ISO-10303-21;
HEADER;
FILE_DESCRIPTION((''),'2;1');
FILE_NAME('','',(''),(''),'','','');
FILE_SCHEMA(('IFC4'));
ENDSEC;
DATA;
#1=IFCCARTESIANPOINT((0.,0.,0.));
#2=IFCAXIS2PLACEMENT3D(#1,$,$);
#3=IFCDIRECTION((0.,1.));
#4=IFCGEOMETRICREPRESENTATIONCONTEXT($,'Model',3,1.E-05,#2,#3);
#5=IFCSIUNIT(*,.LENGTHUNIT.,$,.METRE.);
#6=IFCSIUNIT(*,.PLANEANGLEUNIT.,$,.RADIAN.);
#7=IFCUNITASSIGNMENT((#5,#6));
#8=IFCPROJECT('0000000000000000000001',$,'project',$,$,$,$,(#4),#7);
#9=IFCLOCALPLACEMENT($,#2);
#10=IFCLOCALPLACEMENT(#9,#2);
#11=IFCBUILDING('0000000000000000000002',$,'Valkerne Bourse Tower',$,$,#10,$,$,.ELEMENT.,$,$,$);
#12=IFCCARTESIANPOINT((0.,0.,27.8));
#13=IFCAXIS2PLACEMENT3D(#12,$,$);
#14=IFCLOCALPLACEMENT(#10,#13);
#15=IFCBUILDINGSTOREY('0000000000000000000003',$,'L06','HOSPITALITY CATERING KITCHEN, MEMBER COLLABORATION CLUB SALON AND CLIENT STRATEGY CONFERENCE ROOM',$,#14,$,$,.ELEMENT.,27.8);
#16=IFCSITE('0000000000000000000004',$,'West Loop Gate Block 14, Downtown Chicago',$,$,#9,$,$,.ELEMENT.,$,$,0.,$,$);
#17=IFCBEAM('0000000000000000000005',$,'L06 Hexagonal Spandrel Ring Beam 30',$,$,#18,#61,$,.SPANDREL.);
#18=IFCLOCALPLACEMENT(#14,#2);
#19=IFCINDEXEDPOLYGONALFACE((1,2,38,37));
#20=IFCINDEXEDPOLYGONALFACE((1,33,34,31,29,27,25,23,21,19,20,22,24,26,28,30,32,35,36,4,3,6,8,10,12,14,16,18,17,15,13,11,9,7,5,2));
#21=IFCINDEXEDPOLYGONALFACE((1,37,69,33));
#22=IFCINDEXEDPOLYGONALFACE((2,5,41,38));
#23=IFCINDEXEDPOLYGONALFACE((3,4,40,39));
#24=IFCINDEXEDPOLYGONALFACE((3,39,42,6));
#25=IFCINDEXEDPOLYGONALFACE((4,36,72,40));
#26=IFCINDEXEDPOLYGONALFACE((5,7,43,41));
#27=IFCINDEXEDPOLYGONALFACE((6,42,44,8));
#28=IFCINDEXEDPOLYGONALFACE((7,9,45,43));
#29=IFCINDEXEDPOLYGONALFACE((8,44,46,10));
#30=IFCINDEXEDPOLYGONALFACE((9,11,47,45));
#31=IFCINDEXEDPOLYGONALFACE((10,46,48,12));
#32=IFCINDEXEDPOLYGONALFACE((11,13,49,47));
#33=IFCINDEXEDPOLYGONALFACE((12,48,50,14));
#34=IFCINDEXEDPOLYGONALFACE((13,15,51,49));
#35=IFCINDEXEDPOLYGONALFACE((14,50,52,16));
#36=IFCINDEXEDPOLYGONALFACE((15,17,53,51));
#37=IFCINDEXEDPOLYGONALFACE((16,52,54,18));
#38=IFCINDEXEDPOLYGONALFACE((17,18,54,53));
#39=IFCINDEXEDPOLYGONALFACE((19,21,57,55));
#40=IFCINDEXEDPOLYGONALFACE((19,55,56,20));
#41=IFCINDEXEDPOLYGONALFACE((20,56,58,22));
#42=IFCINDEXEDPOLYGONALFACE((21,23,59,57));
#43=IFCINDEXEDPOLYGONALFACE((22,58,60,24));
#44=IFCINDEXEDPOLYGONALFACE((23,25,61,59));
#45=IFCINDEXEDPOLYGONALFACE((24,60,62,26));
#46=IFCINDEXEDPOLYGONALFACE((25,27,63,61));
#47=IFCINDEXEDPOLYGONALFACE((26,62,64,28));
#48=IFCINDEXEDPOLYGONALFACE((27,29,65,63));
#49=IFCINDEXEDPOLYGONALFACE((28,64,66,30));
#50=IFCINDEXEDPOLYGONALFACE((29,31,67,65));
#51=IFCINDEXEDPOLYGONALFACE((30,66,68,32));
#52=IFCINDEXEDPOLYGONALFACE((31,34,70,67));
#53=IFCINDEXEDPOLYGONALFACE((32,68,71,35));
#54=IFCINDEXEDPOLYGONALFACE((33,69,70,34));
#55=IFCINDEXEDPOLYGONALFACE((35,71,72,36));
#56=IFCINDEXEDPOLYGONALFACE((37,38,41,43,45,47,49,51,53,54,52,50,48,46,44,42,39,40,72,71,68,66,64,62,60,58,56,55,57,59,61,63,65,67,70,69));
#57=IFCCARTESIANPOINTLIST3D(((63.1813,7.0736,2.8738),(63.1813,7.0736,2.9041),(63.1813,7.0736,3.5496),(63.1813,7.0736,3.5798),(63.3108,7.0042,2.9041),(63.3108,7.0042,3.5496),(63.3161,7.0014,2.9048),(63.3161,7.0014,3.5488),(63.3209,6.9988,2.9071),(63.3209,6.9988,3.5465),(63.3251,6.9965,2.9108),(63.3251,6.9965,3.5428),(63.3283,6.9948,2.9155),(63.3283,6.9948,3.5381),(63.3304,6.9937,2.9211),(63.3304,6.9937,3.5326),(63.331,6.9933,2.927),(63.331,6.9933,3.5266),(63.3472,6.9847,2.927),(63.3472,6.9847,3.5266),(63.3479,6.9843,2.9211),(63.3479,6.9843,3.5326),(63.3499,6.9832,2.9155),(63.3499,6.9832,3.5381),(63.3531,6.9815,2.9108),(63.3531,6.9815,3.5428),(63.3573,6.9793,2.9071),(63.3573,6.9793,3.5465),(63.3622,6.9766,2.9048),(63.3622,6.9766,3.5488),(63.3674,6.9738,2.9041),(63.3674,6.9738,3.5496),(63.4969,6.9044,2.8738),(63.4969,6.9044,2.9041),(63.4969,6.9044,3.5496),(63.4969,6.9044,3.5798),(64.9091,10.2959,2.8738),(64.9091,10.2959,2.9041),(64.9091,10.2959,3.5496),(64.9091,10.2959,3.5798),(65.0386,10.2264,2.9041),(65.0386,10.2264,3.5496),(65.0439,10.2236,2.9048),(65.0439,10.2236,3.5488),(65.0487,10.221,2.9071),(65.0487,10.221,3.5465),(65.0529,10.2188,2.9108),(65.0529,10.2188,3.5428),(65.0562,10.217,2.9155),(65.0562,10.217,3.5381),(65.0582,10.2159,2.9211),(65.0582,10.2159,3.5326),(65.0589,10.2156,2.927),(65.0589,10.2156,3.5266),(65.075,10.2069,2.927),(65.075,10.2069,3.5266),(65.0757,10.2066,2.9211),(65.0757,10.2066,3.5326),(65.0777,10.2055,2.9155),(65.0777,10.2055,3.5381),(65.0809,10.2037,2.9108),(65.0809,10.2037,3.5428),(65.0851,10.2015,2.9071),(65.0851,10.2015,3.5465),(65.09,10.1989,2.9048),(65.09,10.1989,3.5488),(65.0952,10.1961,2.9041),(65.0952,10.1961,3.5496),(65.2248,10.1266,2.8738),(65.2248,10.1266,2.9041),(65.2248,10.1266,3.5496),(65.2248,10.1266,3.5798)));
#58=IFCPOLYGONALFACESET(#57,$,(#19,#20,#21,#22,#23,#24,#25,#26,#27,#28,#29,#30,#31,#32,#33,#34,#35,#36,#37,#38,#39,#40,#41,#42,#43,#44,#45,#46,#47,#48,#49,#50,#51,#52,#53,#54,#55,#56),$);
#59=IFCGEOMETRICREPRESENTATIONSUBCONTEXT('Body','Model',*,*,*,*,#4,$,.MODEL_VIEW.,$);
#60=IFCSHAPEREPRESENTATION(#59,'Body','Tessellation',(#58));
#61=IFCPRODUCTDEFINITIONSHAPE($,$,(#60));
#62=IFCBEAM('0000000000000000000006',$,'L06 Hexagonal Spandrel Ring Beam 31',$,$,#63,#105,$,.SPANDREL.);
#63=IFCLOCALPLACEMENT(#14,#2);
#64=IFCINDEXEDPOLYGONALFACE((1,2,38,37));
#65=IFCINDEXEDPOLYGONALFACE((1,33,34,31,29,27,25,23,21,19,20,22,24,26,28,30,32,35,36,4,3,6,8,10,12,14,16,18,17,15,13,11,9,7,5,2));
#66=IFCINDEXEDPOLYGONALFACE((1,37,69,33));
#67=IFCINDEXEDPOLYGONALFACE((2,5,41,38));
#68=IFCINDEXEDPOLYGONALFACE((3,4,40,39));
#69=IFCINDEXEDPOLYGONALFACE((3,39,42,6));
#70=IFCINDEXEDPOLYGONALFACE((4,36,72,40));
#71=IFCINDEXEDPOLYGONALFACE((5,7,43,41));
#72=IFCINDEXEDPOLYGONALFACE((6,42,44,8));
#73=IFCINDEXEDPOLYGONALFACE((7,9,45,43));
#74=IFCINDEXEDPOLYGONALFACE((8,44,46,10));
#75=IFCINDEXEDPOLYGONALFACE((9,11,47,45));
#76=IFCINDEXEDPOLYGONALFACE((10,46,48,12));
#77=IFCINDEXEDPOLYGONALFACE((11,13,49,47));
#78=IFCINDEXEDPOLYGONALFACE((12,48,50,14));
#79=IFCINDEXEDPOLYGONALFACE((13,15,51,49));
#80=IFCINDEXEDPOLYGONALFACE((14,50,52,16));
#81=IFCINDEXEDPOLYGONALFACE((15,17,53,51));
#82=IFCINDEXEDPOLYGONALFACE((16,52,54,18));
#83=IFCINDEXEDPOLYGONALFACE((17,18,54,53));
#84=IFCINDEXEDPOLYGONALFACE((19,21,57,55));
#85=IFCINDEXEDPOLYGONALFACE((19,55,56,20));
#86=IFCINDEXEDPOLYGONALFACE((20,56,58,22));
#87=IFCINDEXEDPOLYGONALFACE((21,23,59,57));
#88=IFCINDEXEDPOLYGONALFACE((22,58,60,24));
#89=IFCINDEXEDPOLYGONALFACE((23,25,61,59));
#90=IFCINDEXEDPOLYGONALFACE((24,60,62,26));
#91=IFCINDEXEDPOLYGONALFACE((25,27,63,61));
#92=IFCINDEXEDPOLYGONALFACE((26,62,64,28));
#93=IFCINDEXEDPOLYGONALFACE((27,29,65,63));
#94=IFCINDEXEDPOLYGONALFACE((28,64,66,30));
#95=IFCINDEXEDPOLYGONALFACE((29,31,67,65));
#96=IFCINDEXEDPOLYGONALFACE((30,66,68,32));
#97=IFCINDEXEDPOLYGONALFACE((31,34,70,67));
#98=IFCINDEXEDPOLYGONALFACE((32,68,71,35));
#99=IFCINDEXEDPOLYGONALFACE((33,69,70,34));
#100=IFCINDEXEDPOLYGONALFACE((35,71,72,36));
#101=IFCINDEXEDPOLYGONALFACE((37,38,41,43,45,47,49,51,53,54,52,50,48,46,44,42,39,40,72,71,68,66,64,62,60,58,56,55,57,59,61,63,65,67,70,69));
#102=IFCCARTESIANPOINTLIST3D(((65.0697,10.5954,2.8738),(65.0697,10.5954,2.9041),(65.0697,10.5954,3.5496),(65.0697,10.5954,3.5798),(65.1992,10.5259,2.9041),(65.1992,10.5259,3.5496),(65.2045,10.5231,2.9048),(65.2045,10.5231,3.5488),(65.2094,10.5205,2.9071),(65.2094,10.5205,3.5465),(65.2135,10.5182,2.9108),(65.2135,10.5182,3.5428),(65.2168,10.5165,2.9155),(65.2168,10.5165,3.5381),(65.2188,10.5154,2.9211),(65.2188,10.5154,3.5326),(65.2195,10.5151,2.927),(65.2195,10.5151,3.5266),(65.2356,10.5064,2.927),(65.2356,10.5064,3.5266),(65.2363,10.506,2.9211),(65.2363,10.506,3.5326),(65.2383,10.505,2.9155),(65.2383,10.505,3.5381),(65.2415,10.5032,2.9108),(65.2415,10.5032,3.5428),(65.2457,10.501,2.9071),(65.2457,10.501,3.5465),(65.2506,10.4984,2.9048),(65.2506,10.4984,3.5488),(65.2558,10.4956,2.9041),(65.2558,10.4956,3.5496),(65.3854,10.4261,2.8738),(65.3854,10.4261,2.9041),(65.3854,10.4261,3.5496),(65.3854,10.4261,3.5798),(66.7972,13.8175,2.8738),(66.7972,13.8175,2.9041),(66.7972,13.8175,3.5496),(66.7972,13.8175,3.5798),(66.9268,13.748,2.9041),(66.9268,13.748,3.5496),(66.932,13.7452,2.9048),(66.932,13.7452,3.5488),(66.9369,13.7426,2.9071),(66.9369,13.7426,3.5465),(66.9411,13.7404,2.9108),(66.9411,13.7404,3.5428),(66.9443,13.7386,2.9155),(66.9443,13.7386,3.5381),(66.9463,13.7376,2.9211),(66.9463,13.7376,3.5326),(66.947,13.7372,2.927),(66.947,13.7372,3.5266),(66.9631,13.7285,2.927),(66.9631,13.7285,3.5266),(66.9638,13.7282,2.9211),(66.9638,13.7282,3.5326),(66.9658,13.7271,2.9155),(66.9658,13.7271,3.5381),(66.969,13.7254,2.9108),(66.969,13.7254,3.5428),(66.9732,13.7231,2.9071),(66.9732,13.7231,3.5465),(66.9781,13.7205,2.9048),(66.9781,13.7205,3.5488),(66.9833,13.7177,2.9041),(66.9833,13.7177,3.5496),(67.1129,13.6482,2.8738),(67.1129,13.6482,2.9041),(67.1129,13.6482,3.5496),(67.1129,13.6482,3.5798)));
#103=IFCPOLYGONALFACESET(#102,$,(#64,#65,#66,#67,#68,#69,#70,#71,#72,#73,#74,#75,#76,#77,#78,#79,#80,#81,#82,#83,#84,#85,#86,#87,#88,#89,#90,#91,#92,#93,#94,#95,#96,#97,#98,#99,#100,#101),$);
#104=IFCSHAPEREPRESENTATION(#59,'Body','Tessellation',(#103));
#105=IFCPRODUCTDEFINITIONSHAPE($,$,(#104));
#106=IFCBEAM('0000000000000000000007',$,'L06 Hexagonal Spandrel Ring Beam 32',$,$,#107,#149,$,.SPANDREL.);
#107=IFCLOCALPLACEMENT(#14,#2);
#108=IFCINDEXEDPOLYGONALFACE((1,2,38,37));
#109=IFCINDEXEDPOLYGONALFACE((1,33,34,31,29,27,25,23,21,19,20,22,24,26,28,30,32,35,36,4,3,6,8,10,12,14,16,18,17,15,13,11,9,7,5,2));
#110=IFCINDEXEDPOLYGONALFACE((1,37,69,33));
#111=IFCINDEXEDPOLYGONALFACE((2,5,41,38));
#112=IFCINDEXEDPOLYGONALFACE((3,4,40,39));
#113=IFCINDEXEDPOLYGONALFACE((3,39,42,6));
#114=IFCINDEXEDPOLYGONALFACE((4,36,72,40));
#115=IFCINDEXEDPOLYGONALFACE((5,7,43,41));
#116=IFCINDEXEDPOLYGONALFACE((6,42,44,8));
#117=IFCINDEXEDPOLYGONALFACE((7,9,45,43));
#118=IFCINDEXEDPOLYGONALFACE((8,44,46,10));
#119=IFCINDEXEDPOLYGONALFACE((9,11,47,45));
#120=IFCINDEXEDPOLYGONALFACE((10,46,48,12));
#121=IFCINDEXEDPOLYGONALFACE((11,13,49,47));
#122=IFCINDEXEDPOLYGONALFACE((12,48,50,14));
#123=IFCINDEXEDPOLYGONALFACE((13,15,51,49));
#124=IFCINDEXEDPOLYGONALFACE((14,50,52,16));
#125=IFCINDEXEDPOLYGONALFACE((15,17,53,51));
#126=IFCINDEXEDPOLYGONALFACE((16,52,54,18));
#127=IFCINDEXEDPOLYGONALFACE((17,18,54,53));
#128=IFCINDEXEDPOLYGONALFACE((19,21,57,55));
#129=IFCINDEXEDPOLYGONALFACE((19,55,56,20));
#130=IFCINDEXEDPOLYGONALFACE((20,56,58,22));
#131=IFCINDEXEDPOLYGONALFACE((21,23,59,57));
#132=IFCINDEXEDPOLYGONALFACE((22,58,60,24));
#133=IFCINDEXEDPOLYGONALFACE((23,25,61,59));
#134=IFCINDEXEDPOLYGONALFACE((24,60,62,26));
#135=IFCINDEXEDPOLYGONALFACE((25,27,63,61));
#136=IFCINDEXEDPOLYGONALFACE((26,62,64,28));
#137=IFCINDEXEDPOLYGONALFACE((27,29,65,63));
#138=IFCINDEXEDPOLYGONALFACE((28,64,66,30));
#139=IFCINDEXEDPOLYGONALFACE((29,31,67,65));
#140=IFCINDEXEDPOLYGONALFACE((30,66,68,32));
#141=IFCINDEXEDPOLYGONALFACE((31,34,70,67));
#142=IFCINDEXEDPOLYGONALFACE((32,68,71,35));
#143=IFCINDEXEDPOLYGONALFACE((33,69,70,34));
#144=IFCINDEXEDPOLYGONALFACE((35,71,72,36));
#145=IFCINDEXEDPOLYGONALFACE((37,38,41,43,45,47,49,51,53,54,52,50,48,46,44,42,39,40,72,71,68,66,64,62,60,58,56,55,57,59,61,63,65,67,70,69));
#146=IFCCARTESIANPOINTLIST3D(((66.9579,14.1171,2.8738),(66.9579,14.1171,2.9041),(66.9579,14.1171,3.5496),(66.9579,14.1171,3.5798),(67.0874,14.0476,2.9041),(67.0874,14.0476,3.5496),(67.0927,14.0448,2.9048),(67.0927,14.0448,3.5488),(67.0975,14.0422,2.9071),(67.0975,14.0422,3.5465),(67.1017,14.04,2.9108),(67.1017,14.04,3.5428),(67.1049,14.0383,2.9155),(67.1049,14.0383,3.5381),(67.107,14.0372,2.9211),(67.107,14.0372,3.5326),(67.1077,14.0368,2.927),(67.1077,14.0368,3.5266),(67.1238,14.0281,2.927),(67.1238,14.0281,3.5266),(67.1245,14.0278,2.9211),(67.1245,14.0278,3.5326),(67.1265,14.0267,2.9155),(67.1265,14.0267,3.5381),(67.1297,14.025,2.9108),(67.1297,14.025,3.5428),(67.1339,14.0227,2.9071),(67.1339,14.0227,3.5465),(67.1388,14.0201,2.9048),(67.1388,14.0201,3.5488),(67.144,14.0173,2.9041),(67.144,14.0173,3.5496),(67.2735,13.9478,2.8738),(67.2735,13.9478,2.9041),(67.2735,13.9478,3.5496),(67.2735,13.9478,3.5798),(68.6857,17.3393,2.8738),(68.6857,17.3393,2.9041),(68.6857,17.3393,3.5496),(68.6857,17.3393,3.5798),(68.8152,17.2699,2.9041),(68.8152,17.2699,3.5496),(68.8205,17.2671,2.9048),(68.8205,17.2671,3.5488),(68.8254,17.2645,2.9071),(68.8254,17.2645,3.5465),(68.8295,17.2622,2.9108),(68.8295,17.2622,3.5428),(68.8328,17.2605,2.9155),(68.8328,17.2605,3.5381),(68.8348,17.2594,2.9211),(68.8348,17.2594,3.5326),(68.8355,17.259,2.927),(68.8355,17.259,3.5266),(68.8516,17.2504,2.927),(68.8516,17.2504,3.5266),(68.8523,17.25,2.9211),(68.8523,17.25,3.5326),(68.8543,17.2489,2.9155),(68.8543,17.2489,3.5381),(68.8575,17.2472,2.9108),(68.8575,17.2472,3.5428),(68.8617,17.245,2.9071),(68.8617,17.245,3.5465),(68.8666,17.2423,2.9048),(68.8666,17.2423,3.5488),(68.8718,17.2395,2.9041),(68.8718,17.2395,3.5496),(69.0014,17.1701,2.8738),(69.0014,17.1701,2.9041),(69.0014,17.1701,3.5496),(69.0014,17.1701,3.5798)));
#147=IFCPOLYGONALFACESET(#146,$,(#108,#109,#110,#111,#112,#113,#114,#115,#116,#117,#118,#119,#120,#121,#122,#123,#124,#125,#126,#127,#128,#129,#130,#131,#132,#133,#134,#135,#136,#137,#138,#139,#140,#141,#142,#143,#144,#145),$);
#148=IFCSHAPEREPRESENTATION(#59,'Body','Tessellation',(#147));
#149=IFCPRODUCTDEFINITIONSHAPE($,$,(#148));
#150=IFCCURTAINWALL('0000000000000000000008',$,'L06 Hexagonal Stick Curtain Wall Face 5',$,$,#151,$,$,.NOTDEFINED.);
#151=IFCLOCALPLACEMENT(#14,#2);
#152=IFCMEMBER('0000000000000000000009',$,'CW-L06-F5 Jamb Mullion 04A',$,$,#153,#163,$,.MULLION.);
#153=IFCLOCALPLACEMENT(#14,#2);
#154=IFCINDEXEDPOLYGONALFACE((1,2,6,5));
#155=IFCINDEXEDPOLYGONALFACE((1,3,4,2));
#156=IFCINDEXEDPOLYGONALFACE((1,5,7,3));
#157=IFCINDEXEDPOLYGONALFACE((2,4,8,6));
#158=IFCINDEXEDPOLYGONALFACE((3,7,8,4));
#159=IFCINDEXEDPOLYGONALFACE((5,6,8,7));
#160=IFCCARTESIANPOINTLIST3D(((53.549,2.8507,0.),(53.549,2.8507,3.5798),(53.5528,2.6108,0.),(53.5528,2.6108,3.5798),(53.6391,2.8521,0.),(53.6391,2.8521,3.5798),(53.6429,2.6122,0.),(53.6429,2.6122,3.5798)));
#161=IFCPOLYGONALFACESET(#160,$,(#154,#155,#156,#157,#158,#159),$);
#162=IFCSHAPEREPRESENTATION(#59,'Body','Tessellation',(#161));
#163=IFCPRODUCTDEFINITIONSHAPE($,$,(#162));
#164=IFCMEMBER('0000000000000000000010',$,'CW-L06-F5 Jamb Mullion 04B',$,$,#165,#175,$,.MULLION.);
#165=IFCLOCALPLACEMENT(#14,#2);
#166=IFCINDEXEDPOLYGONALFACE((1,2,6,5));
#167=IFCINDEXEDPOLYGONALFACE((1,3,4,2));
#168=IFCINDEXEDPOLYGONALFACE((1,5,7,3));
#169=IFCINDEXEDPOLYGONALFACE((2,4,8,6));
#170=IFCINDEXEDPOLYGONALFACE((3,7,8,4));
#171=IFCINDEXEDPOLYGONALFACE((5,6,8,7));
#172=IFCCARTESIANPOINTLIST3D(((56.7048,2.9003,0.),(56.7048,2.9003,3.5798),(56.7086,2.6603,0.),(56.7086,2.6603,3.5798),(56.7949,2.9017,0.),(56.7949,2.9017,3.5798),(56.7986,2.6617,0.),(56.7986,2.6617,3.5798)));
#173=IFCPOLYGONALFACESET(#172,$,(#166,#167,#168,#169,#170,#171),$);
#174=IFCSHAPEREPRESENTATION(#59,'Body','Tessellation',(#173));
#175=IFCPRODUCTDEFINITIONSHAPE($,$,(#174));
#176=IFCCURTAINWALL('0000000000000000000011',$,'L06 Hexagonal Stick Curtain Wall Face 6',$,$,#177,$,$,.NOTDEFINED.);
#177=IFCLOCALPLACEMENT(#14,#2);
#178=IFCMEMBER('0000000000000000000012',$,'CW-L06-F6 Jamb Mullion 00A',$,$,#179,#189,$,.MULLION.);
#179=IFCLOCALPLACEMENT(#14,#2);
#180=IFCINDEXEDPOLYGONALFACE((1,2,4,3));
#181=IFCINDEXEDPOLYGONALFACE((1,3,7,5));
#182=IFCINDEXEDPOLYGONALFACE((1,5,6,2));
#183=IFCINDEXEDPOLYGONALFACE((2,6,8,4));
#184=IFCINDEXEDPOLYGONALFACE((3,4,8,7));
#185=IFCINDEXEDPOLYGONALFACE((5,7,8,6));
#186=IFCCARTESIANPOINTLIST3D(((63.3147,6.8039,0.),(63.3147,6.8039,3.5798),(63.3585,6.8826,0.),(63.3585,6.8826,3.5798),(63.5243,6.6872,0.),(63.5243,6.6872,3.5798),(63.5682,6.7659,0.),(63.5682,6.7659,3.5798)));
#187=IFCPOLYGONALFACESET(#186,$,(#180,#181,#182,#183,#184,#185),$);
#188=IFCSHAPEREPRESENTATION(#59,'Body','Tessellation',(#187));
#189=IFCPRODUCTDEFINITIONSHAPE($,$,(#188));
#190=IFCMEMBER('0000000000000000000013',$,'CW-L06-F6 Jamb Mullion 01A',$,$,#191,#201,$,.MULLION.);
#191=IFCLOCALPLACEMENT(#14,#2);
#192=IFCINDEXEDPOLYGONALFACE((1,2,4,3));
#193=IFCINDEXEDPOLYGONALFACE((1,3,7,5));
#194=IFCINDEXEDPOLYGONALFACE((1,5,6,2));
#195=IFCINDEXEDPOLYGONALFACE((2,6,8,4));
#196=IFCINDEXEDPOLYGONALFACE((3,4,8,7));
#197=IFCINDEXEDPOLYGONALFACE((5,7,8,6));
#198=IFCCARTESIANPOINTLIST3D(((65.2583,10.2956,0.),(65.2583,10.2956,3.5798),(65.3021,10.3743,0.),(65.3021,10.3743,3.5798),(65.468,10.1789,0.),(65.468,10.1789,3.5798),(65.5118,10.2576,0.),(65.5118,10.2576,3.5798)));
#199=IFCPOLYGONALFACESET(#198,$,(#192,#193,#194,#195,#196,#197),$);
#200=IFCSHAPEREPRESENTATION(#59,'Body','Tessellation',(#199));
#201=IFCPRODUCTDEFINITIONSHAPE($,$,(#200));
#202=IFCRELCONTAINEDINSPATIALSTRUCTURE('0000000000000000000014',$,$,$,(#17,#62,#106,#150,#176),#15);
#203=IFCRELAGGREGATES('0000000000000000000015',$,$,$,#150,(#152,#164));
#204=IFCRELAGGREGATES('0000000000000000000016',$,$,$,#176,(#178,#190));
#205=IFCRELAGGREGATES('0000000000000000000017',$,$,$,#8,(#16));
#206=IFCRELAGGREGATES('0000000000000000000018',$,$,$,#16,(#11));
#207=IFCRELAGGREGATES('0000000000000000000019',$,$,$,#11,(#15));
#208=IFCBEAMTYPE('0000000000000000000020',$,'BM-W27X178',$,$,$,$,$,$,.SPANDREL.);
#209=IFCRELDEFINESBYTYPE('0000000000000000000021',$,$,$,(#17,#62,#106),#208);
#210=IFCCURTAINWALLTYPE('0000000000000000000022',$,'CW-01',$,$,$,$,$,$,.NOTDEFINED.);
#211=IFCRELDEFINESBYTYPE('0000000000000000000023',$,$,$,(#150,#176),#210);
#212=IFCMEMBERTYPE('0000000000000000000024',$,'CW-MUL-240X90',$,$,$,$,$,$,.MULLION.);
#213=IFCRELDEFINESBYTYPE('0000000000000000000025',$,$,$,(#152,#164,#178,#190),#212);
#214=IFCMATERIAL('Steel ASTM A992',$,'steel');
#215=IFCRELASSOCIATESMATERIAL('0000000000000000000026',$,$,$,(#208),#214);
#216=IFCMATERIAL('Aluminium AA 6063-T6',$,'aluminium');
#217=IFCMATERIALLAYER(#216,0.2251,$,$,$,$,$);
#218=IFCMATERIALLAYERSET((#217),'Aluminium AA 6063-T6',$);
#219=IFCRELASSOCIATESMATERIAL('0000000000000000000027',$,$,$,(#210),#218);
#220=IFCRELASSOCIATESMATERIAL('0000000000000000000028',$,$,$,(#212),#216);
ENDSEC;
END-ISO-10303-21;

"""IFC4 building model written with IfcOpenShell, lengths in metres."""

from ifc_helpers import new_model, si_unit, direction, frame, origin, origin_2d, place, context, subcontext, project, spatial, rectangle, i_section, extrude, material, layer, layer_set, material_profile, profile_set, type_object, element, aggregate, save


model = new_model("IFC4")

# Units and contexts
model_context = context("Model", 3, precision=1e-05, world=origin(), true_north=direction((0.0, 1.0)))
body_context = subcontext(model_context, "Body", "Model", "MODEL_VIEW")
ifc_project = project(units=[si_unit("LENGTHUNIT", "METRE"), si_unit("PLANEANGLEUNIT", "RADIAN")], contexts=[model_context])

# Site, building, storey
site_placement = place(None, origin())
site = spatial("IfcSite", under=ifc_project, at=site_placement, Name="West Loop Gate Block 14, Downtown Chicago", CompositionType="ELEMENT", RefElevation=0.0)
building_placement = place(site_placement, origin())
building = spatial("IfcBuilding", under=site, at=building_placement, Name="Valkerne Bourse Tower", CompositionType="ELEMENT")
storey_placement = place(building_placement, frame((0.0, 0.0, 27.8)))
storey = spatial("IfcBuildingStorey", under=building, at=storey_placement, Name="L06", Description="HOSPITALITY CATERING KITCHEN, MEMBER COLLABORATION CLUB SALON AND CLIENT STRATEGY CONFERENCE ROOM", CompositionType="ELEMENT", Elevation=27.8)

# Beams
ifc_material_1 = material(Name="Steel ASTM A992", Category="steel")
ifc_material_profile_1 = material_profile(ifc_material_1, i_section(OverallWidth=0.3582, OverallDepth=0.7061, WebThickness=0.0183, FlangeThickness=0.0303, FilletRadius=0.0229, at=origin_2d()), Name="W27X178")
ifc_profile_set_1 = profile_set([ifc_material_profile_1], Name="Steel ASTM A992")
beam_type = type_object("IfcBeamType", Name="BM-W27X178", PredefinedType="SPANDREL", material=ifc_profile_set_1)
beam_1_placement = place(storey_placement, frame((63.3391, 6.989, 3.2268), z_axis=(0.472566, 0.881295, 0.0), x_axis=(-0.881295, 0.472566, 0.0)))
element("IfcBeam", 1, at=beam_1_placement, inside=storey, type_object=beam_type, Name="L06 Hexagonal Spandrel Ring Beam 30", PredefinedType="SPANDREL", context=body_context, shape_type="SweptSolid", body=[
    extrude(i_section(OverallWidth=0.3582, OverallDepth=0.7061, WebThickness=0.0183, FlangeThickness=0.0303, FilletRadius=0.0229, at=origin_2d()), origin(), (0.0, 0.0, 1.0), 3.6562),
])
beam_2_placement = place(storey_placement, frame((65.2275, 10.5107, 3.2268), z_axis=(0.472514, 0.881323, 0.0), x_axis=(-0.881323, 0.472514, 0.0)))
element("IfcBeam", 2, at=beam_2_placement, inside=storey, type_object=beam_type, Name="L06 Hexagonal Spandrel Ring Beam 31", PredefinedType="SPANDREL", context=body_context, shape_type="SweptSolid", body=[
    extrude(i_section(OverallWidth=0.3582, OverallDepth=0.7061, WebThickness=0.0183, FlangeThickness=0.0303, FilletRadius=0.0229, at=origin_2d()), origin(), (0.0, 0.0, 1.0), 3.656),
])
beam_3_placement = place(storey_placement, frame((67.1157, 14.0325, 3.2268), z_axis=(0.472566, 0.881295, 0.0), x_axis=(-0.881295, 0.472566, 0.0)))
element("IfcBeam", 3, at=beam_3_placement, inside=storey, type_object=beam_type, Name="L06 Hexagonal Spandrel Ring Beam 32", PredefinedType="SPANDREL", context=body_context, shape_type="SweptSolid", body=[
    extrude(i_section(OverallWidth=0.3582, OverallDepth=0.7061, WebThickness=0.0183, FlangeThickness=0.0303, FilletRadius=0.0229, at=origin_2d()), origin(), (0.0, 0.0, 1.0), 3.6562),
])

# Curtain walls, members
ifc_material_2 = material(Name="Aluminium AA 6063-T6", Category="aluminium")
ifc_layer_1 = layer(ifc_material_2, 0.2251)
ifc_layer_set_1 = layer_set([ifc_layer_1], Name="Aluminium AA 6063-T6")
curtain_wall_type = type_object("IfcCurtainWallType", Name="CW-01", PredefinedType="NOTDEFINED", material=ifc_layer_set_1)
curtain_wall_1_placement = place(storey_placement, origin())
curtain_wall_1 = element("IfcCurtainWall", 4, at=curtain_wall_1_placement, inside=storey, type_object=curtain_wall_type, Name="L06 Hexagonal Stick Curtain Wall Face 5", PredefinedType="NOTDEFINED")
ifc_material_profile_2 = material_profile(ifc_material_2, rectangle(XDim=0.0901, YDim=0.24, at=origin_2d()), Name="CWM-90X240")
ifc_profile_set_2 = profile_set([ifc_material_profile_2], Name="Aluminium AA 6063-T6")
member_type_1 = type_object("IfcMemberType", Name="CW-MUL-240X90", PredefinedType="MULLION", material=ifc_profile_set_2)
member_1_placement = place(storey_placement, frame((53.5959, 2.7314, 0.0), z_axis=(0.0, 0.0, 1.0), x_axis=(0.999877, 0.015716, 0.0)))
member_1 = element("IfcMember", 5, at=member_1_placement, type_object=member_type_1, Name="CW-L06-F5 Jamb Mullion 04A", PredefinedType="MULLION", context=body_context, shape_type="SweptSolid", body=[
    extrude(rectangle(XDim=0.0901, YDim=0.24, at=origin_2d()), origin(), (0.0, 0.0, 1.0), 3.5798),
])
member_2_placement = place(storey_placement, frame((56.7517, 2.781, 0.0), z_axis=(0.0, 0.0, 1.0), x_axis=(0.999877, 0.015716, 0.0)))
member_2 = element("IfcMember", 6, at=member_2_placement, type_object=member_type_1, Name="CW-L06-F5 Jamb Mullion 04B", PredefinedType="MULLION", context=body_context, shape_type="SweptSolid", body=[
    extrude(rectangle(XDim=0.0901, YDim=0.24, at=origin_2d()), origin(), (0.0, 0.0, 1.0), 3.5798),
])
curtain_wall_2_placement = place(storey_placement, origin())
curtain_wall_2 = element("IfcCurtainWall", 7, at=curtain_wall_2_placement, inside=storey, type_object=curtain_wall_type, Name="L06 Hexagonal Stick Curtain Wall Face 6", PredefinedType="NOTDEFINED")
member_3_placement = place(storey_placement, frame((63.4414, 6.7849, 0.0), z_axis=(0.0, 0.0, 1.0), x_axis=(0.486335, 0.873772, 0.0)))
member_3 = element("IfcMember", 8, at=member_3_placement, type_object=member_type_1, Name="CW-L06-F6 Jamb Mullion 00A", PredefinedType="MULLION", context=body_context, shape_type="SweptSolid", body=[
    extrude(rectangle(XDim=0.0901, YDim=0.24, at=origin_2d()), origin(), (0.0, 0.0, 1.0), 3.5798),
])
member_4_placement = place(storey_placement, frame((65.385, 10.2766, 0.0), z_axis=(0.0, 0.0, 1.0), x_axis=(0.486335, 0.873772, 0.0)))
member_4 = element("IfcMember", 9, at=member_4_placement, type_object=member_type_1, Name="CW-L06-F6 Jamb Mullion 01A", PredefinedType="MULLION", context=body_context, shape_type="SweptSolid", body=[
    extrude(rectangle(XDim=0.0901, YDim=0.24, at=origin_2d()), origin(), (0.0, 0.0, 1.0), 3.5798),
])

aggregate(curtain_wall_1, [member_1, member_2])
aggregate(curtain_wall_2, [member_3, member_4])

save(model, "model.ifc")
